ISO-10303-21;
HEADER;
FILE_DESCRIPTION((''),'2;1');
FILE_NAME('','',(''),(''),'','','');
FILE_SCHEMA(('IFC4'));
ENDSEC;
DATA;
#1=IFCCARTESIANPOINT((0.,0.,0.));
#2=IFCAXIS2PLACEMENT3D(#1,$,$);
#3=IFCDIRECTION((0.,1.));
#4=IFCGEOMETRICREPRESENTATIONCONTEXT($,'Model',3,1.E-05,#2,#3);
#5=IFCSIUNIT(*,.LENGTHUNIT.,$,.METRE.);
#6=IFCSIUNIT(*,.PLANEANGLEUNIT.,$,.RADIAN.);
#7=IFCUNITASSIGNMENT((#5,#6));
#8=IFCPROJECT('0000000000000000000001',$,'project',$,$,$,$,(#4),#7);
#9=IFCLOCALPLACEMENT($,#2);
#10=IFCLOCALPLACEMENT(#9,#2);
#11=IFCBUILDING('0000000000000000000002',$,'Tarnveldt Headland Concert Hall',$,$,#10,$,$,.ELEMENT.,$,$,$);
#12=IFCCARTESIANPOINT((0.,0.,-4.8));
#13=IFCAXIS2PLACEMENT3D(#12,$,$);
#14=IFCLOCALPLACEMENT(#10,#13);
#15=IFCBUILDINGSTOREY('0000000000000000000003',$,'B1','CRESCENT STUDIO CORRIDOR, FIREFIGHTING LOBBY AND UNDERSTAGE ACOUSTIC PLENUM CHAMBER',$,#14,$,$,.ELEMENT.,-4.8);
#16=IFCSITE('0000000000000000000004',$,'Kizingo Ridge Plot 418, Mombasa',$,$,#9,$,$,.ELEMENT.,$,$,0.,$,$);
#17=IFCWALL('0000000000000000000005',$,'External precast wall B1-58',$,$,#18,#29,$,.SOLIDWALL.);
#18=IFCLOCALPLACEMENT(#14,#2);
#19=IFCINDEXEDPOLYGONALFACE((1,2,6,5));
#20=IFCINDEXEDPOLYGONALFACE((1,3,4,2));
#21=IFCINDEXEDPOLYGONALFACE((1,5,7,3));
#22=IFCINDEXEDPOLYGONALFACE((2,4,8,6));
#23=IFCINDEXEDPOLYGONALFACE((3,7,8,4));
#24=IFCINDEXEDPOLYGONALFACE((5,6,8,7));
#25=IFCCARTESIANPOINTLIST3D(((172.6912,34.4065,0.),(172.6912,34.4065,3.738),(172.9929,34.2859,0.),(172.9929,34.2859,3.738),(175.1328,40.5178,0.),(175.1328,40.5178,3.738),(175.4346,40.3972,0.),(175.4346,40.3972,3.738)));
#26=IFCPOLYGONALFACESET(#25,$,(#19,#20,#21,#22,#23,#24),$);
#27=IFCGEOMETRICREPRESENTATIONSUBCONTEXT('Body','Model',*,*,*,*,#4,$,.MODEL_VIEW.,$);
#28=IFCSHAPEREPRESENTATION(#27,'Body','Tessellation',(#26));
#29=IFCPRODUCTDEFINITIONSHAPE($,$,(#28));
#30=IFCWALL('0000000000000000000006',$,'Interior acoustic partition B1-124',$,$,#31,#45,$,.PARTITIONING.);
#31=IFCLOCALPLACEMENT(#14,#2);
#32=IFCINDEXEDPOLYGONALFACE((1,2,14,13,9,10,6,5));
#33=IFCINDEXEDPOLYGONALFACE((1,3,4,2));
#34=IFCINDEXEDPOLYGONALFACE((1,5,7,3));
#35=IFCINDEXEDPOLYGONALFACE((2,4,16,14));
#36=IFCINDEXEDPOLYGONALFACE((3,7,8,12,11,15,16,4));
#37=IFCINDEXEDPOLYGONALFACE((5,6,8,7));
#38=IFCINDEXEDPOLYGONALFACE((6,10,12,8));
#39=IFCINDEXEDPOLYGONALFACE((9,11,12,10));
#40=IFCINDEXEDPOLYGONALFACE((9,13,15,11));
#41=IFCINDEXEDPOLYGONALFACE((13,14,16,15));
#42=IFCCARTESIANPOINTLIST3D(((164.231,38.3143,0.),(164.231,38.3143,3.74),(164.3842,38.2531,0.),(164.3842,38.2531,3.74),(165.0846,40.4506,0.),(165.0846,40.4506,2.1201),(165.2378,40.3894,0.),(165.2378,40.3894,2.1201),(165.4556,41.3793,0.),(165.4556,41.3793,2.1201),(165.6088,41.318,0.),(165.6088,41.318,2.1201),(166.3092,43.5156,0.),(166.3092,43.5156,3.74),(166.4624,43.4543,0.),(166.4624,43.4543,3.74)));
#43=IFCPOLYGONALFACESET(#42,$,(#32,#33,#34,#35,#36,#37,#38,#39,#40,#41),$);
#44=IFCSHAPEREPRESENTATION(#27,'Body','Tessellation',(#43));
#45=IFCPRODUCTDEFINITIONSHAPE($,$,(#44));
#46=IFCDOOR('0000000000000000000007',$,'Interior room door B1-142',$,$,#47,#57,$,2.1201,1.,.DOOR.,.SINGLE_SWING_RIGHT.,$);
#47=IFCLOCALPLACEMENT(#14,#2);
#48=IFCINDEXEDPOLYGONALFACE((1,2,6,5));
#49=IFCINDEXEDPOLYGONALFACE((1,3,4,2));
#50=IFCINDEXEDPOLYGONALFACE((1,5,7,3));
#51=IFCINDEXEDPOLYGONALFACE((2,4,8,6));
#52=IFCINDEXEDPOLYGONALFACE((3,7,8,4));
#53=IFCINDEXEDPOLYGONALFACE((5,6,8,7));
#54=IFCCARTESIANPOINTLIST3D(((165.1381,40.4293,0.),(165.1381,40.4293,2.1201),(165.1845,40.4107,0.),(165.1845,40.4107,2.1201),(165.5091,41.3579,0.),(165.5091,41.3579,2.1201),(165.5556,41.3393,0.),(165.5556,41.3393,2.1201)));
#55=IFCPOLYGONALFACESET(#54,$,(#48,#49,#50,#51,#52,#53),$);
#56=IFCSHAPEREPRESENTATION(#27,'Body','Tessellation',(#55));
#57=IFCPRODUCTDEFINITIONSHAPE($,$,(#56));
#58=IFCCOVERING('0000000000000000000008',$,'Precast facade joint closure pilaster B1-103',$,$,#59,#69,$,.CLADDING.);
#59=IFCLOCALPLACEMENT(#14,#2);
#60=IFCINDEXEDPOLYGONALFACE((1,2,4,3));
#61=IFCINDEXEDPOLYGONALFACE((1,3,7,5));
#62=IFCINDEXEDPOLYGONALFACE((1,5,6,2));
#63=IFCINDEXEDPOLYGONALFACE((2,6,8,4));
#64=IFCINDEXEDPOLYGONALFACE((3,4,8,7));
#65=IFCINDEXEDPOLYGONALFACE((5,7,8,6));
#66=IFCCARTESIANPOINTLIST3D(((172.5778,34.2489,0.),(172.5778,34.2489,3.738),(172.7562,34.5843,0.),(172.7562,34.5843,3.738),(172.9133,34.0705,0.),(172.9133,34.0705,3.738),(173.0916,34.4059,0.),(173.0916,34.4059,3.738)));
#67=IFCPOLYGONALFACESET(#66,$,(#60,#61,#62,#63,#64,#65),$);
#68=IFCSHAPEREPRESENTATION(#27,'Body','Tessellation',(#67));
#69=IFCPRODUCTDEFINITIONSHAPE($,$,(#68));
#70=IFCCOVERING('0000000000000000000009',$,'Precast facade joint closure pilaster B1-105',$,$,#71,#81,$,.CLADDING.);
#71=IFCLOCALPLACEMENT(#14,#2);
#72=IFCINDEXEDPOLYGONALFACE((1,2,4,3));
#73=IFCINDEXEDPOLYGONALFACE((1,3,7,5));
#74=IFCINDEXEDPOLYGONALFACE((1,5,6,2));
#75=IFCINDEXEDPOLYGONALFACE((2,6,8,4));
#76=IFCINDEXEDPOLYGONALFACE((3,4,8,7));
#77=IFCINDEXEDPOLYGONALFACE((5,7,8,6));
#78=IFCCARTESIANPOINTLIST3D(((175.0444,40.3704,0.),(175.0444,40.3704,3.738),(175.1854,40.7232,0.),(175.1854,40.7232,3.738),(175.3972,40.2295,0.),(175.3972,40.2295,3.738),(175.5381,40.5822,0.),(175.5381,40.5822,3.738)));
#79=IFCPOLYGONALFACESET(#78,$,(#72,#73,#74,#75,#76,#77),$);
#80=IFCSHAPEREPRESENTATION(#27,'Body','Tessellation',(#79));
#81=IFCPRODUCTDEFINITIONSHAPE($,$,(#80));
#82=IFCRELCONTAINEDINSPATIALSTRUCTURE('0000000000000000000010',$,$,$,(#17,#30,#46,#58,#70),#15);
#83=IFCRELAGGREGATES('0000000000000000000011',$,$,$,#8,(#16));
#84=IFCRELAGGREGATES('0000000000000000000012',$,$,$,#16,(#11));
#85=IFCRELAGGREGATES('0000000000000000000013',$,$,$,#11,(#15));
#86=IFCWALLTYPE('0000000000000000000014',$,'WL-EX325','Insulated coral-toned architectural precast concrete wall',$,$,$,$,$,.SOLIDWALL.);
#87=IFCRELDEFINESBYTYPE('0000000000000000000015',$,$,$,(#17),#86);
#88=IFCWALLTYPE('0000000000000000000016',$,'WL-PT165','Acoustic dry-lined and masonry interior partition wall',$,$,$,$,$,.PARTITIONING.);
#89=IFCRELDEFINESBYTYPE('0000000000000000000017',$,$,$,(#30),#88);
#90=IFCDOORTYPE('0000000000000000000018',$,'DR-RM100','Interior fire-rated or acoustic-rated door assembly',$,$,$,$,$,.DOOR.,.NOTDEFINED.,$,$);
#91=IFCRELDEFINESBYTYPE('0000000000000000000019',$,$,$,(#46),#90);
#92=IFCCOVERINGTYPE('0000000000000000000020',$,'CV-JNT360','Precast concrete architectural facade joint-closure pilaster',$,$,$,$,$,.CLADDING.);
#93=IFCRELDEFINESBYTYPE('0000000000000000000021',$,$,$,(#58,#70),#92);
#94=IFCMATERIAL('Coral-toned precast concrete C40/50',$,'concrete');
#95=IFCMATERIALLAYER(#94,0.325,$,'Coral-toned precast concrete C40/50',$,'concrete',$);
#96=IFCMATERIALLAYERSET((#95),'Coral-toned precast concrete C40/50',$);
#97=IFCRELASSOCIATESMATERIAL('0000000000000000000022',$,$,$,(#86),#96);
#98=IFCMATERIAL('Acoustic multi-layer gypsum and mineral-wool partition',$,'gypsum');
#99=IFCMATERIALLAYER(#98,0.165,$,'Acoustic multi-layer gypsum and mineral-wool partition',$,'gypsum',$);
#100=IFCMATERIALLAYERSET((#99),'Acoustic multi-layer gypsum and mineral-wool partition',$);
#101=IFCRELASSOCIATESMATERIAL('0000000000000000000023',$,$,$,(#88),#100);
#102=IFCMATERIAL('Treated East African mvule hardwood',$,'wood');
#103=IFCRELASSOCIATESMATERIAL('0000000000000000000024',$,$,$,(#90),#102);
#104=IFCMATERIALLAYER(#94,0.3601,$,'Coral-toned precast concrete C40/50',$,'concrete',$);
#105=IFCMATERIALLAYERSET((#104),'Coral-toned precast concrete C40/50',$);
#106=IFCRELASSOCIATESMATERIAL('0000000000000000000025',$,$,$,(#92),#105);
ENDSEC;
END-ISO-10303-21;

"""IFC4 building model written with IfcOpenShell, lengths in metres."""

from ifc_helpers import new_model, si_unit, direction, frame, frame_2d, origin, origin_2d, place, context, subcontext, project, spatial, rectangle, extrude, material, layer, layer_set, type_object, element, fill, save


model = new_model("IFC4")

# Units and contexts
model_context = context("Model", 3, precision=1e-05, world=origin(), true_north=direction((0.0, 1.0)))
body_context = subcontext(model_context, "Body", "Model", "MODEL_VIEW")
ifc_project = project(units=[si_unit("LENGTHUNIT", "METRE"), si_unit("PLANEANGLEUNIT", "RADIAN")], contexts=[model_context])

# Site, building, storey
site_placement = place(None, origin())
site = spatial("IfcSite", under=ifc_project, at=site_placement, Name="Kizingo Ridge Plot 418, Mombasa", CompositionType="ELEMENT", RefElevation=0.0)
building_placement = place(site_placement, origin())
building = spatial("IfcBuilding", under=site, at=building_placement, Name="Tarnveldt Headland Concert Hall", CompositionType="ELEMENT")
storey_placement = place(building_placement, frame((0.0, 0.0, -4.8)))
storey = spatial("IfcBuildingStorey", under=building, at=storey_placement, Name="B1", Description="CRESCENT STUDIO CORRIDOR, FIREFIGHTING LOBBY AND UNDERSTAGE ACOUSTIC PLENUM CHAMBER", CompositionType="ELEMENT", Elevation=-4.8)

# Wall
ifc_material_1 = material(Name="Coral-toned precast concrete C40/50", Category="concrete")
ifc_layer_1 = layer(ifc_material_1, 0.325, Name="Coral-toned precast concrete C40/50", Category="concrete")
ifc_layer_set_1 = layer_set([ifc_layer_1], Name="Coral-toned precast concrete C40/50")
wall_type_1 = type_object("IfcWallType", Name="WL-EX325", Description="Insulated coral-toned architectural precast concrete wall", PredefinedType="SOLIDWALL", material=ifc_layer_set_1)
for number, where, z_axis, x_axis, name in (
    (1, (175.2837, 40.4575, 0.0), (0.0, 0.0, 1.0), (-0.371013, -0.928628, 0.0), "External precast wall B1-58"),
):
    element("IfcWall", number, at=place(storey_placement, frame(where, z_axis=z_axis, x_axis=x_axis)), inside=storey, type_object=wall_type_1, Name=name, PredefinedType="SOLIDWALL", context=body_context, shape_type="SweptSolid", body=[
        extrude(rectangle(XDim=6.5811, YDim=0.325, at=frame_2d((3.2905, 0.0))), origin(), (0.0, 0.0, 1.0), 3.738),
    ])

# Wall, opening, door
ifc_material_2 = material(Name="Acoustic multi-layer gypsum and mineral-wool partition", Category="gypsum")
ifc_layer_2 = layer(ifc_material_2, 0.165, Name="Acoustic multi-layer gypsum and mineral-wool partition", Category="gypsum")
ifc_layer_set_2 = layer_set([ifc_layer_2], Name="Acoustic multi-layer gypsum and mineral-wool partition")
wall_type_2 = type_object("IfcWallType", Name="WL-PT165", Description="Acoustic dry-lined and masonry interior partition wall", PredefinedType="PARTITIONING", material=ifc_layer_set_2)
wall_placement = place(storey_placement, frame((164.3076, 38.2837, 0.0), z_axis=(0.0, 0.0, 1.0), x_axis=(0.37103, 0.928621, 0.0)))
wall = element("IfcWall", 2, at=wall_placement, inside=storey, type_object=wall_type_2, Name="Interior acoustic partition B1-124", PredefinedType="PARTITIONING", context=body_context, shape_type="SweptSolid", body=[
    extrude(rectangle(XDim=5.6011, YDim=0.165, at=frame_2d((2.8005, 0.0))), origin(), (0.0, 0.0, 1.0), 3.74),
])
opening_placement = place(wall_placement, frame((2.3005, 0.0, 0.0)))
opening = element("IfcOpeningElement", 3, at=opening_placement, cuts=wall, PredefinedType="OPENING", context=body_context, shape_type="SweptSolid", body=[
    extrude(rectangle(XDim=1.0, YDim=2.1201, at=frame_2d((0.5, 1.0601))), frame((0.0, 0.0925, 0.0), z_axis=(0.0, -1.0, 0.0), x_axis=(1.0, 0.0, 0.0)), (0.0, 0.0, 1.0), 0.1851),
])
ifc_material_3 = material(Name="Treated East African mvule hardwood", Category="wood")
door_type = type_object("IfcDoorType", Name="DR-RM100", Description="Interior fire-rated or acoustic-rated door assembly", OperationType="NOTDEFINED", PredefinedType="DOOR", material=ifc_material_3)
door_placement = place(opening_placement, origin())
door = element("IfcDoor", 4, at=door_placement, inside=storey, type_object=door_type, Name="Interior room door B1-142", OperationType="SINGLE_SWING_RIGHT", OverallHeight=2.1201, OverallWidth=1.0, PredefinedType="DOOR", context=body_context, shape_type="SweptSolid", body=[
    extrude(rectangle(XDim=1.0, YDim=2.1201, at=frame_2d((0.5, 1.0601))), frame((0.0, 0.0249, 0.0), z_axis=(0.0, -1.0, 0.0), x_axis=(1.0, 0.0, 0.0)), (0.0, 0.0, 1.0), 0.05),
])
fill(opening, door)

# Coverings
ifc_layer_3 = layer(ifc_material_1, 0.3601, Name="Coral-toned precast concrete C40/50", Category="concrete")
ifc_layer_set_3 = layer_set([ifc_layer_3], Name="Coral-toned precast concrete C40/50")
covering_type = type_object("IfcCoveringType", Name="CV-JNT360", Description="Precast concrete architectural facade joint-closure pilaster", PredefinedType="CLADDING", material=ifc_layer_set_3)
for number, where, z_axis, x_axis, name in (
    (5, (172.8347, 34.3274, 0.0), (0.0, 0.0, 1.0), (-0.469472, -0.882948, 0.0), "Precast facade joint closure pilaster B1-103"),
    (6, (175.2913, 40.4763, 0.0), (0.0, 0.0, 1.0), (-0.371044, -0.928615, 0.0), "Precast facade joint closure pilaster B1-105"),
):
    element("IfcCovering", number, at=place(storey_placement, frame(where, z_axis=z_axis, x_axis=x_axis)), inside=storey, type_object=covering_type, Name=name, PredefinedType="CLADDING", context=body_context, shape_type="SweptSolid", body=[
        extrude(rectangle(XDim=0.3799, YDim=0.3799, at=origin_2d()), origin(), (0.0, 0.0, 1.0), 3.738),
    ])

save(model, "model.ifc")
